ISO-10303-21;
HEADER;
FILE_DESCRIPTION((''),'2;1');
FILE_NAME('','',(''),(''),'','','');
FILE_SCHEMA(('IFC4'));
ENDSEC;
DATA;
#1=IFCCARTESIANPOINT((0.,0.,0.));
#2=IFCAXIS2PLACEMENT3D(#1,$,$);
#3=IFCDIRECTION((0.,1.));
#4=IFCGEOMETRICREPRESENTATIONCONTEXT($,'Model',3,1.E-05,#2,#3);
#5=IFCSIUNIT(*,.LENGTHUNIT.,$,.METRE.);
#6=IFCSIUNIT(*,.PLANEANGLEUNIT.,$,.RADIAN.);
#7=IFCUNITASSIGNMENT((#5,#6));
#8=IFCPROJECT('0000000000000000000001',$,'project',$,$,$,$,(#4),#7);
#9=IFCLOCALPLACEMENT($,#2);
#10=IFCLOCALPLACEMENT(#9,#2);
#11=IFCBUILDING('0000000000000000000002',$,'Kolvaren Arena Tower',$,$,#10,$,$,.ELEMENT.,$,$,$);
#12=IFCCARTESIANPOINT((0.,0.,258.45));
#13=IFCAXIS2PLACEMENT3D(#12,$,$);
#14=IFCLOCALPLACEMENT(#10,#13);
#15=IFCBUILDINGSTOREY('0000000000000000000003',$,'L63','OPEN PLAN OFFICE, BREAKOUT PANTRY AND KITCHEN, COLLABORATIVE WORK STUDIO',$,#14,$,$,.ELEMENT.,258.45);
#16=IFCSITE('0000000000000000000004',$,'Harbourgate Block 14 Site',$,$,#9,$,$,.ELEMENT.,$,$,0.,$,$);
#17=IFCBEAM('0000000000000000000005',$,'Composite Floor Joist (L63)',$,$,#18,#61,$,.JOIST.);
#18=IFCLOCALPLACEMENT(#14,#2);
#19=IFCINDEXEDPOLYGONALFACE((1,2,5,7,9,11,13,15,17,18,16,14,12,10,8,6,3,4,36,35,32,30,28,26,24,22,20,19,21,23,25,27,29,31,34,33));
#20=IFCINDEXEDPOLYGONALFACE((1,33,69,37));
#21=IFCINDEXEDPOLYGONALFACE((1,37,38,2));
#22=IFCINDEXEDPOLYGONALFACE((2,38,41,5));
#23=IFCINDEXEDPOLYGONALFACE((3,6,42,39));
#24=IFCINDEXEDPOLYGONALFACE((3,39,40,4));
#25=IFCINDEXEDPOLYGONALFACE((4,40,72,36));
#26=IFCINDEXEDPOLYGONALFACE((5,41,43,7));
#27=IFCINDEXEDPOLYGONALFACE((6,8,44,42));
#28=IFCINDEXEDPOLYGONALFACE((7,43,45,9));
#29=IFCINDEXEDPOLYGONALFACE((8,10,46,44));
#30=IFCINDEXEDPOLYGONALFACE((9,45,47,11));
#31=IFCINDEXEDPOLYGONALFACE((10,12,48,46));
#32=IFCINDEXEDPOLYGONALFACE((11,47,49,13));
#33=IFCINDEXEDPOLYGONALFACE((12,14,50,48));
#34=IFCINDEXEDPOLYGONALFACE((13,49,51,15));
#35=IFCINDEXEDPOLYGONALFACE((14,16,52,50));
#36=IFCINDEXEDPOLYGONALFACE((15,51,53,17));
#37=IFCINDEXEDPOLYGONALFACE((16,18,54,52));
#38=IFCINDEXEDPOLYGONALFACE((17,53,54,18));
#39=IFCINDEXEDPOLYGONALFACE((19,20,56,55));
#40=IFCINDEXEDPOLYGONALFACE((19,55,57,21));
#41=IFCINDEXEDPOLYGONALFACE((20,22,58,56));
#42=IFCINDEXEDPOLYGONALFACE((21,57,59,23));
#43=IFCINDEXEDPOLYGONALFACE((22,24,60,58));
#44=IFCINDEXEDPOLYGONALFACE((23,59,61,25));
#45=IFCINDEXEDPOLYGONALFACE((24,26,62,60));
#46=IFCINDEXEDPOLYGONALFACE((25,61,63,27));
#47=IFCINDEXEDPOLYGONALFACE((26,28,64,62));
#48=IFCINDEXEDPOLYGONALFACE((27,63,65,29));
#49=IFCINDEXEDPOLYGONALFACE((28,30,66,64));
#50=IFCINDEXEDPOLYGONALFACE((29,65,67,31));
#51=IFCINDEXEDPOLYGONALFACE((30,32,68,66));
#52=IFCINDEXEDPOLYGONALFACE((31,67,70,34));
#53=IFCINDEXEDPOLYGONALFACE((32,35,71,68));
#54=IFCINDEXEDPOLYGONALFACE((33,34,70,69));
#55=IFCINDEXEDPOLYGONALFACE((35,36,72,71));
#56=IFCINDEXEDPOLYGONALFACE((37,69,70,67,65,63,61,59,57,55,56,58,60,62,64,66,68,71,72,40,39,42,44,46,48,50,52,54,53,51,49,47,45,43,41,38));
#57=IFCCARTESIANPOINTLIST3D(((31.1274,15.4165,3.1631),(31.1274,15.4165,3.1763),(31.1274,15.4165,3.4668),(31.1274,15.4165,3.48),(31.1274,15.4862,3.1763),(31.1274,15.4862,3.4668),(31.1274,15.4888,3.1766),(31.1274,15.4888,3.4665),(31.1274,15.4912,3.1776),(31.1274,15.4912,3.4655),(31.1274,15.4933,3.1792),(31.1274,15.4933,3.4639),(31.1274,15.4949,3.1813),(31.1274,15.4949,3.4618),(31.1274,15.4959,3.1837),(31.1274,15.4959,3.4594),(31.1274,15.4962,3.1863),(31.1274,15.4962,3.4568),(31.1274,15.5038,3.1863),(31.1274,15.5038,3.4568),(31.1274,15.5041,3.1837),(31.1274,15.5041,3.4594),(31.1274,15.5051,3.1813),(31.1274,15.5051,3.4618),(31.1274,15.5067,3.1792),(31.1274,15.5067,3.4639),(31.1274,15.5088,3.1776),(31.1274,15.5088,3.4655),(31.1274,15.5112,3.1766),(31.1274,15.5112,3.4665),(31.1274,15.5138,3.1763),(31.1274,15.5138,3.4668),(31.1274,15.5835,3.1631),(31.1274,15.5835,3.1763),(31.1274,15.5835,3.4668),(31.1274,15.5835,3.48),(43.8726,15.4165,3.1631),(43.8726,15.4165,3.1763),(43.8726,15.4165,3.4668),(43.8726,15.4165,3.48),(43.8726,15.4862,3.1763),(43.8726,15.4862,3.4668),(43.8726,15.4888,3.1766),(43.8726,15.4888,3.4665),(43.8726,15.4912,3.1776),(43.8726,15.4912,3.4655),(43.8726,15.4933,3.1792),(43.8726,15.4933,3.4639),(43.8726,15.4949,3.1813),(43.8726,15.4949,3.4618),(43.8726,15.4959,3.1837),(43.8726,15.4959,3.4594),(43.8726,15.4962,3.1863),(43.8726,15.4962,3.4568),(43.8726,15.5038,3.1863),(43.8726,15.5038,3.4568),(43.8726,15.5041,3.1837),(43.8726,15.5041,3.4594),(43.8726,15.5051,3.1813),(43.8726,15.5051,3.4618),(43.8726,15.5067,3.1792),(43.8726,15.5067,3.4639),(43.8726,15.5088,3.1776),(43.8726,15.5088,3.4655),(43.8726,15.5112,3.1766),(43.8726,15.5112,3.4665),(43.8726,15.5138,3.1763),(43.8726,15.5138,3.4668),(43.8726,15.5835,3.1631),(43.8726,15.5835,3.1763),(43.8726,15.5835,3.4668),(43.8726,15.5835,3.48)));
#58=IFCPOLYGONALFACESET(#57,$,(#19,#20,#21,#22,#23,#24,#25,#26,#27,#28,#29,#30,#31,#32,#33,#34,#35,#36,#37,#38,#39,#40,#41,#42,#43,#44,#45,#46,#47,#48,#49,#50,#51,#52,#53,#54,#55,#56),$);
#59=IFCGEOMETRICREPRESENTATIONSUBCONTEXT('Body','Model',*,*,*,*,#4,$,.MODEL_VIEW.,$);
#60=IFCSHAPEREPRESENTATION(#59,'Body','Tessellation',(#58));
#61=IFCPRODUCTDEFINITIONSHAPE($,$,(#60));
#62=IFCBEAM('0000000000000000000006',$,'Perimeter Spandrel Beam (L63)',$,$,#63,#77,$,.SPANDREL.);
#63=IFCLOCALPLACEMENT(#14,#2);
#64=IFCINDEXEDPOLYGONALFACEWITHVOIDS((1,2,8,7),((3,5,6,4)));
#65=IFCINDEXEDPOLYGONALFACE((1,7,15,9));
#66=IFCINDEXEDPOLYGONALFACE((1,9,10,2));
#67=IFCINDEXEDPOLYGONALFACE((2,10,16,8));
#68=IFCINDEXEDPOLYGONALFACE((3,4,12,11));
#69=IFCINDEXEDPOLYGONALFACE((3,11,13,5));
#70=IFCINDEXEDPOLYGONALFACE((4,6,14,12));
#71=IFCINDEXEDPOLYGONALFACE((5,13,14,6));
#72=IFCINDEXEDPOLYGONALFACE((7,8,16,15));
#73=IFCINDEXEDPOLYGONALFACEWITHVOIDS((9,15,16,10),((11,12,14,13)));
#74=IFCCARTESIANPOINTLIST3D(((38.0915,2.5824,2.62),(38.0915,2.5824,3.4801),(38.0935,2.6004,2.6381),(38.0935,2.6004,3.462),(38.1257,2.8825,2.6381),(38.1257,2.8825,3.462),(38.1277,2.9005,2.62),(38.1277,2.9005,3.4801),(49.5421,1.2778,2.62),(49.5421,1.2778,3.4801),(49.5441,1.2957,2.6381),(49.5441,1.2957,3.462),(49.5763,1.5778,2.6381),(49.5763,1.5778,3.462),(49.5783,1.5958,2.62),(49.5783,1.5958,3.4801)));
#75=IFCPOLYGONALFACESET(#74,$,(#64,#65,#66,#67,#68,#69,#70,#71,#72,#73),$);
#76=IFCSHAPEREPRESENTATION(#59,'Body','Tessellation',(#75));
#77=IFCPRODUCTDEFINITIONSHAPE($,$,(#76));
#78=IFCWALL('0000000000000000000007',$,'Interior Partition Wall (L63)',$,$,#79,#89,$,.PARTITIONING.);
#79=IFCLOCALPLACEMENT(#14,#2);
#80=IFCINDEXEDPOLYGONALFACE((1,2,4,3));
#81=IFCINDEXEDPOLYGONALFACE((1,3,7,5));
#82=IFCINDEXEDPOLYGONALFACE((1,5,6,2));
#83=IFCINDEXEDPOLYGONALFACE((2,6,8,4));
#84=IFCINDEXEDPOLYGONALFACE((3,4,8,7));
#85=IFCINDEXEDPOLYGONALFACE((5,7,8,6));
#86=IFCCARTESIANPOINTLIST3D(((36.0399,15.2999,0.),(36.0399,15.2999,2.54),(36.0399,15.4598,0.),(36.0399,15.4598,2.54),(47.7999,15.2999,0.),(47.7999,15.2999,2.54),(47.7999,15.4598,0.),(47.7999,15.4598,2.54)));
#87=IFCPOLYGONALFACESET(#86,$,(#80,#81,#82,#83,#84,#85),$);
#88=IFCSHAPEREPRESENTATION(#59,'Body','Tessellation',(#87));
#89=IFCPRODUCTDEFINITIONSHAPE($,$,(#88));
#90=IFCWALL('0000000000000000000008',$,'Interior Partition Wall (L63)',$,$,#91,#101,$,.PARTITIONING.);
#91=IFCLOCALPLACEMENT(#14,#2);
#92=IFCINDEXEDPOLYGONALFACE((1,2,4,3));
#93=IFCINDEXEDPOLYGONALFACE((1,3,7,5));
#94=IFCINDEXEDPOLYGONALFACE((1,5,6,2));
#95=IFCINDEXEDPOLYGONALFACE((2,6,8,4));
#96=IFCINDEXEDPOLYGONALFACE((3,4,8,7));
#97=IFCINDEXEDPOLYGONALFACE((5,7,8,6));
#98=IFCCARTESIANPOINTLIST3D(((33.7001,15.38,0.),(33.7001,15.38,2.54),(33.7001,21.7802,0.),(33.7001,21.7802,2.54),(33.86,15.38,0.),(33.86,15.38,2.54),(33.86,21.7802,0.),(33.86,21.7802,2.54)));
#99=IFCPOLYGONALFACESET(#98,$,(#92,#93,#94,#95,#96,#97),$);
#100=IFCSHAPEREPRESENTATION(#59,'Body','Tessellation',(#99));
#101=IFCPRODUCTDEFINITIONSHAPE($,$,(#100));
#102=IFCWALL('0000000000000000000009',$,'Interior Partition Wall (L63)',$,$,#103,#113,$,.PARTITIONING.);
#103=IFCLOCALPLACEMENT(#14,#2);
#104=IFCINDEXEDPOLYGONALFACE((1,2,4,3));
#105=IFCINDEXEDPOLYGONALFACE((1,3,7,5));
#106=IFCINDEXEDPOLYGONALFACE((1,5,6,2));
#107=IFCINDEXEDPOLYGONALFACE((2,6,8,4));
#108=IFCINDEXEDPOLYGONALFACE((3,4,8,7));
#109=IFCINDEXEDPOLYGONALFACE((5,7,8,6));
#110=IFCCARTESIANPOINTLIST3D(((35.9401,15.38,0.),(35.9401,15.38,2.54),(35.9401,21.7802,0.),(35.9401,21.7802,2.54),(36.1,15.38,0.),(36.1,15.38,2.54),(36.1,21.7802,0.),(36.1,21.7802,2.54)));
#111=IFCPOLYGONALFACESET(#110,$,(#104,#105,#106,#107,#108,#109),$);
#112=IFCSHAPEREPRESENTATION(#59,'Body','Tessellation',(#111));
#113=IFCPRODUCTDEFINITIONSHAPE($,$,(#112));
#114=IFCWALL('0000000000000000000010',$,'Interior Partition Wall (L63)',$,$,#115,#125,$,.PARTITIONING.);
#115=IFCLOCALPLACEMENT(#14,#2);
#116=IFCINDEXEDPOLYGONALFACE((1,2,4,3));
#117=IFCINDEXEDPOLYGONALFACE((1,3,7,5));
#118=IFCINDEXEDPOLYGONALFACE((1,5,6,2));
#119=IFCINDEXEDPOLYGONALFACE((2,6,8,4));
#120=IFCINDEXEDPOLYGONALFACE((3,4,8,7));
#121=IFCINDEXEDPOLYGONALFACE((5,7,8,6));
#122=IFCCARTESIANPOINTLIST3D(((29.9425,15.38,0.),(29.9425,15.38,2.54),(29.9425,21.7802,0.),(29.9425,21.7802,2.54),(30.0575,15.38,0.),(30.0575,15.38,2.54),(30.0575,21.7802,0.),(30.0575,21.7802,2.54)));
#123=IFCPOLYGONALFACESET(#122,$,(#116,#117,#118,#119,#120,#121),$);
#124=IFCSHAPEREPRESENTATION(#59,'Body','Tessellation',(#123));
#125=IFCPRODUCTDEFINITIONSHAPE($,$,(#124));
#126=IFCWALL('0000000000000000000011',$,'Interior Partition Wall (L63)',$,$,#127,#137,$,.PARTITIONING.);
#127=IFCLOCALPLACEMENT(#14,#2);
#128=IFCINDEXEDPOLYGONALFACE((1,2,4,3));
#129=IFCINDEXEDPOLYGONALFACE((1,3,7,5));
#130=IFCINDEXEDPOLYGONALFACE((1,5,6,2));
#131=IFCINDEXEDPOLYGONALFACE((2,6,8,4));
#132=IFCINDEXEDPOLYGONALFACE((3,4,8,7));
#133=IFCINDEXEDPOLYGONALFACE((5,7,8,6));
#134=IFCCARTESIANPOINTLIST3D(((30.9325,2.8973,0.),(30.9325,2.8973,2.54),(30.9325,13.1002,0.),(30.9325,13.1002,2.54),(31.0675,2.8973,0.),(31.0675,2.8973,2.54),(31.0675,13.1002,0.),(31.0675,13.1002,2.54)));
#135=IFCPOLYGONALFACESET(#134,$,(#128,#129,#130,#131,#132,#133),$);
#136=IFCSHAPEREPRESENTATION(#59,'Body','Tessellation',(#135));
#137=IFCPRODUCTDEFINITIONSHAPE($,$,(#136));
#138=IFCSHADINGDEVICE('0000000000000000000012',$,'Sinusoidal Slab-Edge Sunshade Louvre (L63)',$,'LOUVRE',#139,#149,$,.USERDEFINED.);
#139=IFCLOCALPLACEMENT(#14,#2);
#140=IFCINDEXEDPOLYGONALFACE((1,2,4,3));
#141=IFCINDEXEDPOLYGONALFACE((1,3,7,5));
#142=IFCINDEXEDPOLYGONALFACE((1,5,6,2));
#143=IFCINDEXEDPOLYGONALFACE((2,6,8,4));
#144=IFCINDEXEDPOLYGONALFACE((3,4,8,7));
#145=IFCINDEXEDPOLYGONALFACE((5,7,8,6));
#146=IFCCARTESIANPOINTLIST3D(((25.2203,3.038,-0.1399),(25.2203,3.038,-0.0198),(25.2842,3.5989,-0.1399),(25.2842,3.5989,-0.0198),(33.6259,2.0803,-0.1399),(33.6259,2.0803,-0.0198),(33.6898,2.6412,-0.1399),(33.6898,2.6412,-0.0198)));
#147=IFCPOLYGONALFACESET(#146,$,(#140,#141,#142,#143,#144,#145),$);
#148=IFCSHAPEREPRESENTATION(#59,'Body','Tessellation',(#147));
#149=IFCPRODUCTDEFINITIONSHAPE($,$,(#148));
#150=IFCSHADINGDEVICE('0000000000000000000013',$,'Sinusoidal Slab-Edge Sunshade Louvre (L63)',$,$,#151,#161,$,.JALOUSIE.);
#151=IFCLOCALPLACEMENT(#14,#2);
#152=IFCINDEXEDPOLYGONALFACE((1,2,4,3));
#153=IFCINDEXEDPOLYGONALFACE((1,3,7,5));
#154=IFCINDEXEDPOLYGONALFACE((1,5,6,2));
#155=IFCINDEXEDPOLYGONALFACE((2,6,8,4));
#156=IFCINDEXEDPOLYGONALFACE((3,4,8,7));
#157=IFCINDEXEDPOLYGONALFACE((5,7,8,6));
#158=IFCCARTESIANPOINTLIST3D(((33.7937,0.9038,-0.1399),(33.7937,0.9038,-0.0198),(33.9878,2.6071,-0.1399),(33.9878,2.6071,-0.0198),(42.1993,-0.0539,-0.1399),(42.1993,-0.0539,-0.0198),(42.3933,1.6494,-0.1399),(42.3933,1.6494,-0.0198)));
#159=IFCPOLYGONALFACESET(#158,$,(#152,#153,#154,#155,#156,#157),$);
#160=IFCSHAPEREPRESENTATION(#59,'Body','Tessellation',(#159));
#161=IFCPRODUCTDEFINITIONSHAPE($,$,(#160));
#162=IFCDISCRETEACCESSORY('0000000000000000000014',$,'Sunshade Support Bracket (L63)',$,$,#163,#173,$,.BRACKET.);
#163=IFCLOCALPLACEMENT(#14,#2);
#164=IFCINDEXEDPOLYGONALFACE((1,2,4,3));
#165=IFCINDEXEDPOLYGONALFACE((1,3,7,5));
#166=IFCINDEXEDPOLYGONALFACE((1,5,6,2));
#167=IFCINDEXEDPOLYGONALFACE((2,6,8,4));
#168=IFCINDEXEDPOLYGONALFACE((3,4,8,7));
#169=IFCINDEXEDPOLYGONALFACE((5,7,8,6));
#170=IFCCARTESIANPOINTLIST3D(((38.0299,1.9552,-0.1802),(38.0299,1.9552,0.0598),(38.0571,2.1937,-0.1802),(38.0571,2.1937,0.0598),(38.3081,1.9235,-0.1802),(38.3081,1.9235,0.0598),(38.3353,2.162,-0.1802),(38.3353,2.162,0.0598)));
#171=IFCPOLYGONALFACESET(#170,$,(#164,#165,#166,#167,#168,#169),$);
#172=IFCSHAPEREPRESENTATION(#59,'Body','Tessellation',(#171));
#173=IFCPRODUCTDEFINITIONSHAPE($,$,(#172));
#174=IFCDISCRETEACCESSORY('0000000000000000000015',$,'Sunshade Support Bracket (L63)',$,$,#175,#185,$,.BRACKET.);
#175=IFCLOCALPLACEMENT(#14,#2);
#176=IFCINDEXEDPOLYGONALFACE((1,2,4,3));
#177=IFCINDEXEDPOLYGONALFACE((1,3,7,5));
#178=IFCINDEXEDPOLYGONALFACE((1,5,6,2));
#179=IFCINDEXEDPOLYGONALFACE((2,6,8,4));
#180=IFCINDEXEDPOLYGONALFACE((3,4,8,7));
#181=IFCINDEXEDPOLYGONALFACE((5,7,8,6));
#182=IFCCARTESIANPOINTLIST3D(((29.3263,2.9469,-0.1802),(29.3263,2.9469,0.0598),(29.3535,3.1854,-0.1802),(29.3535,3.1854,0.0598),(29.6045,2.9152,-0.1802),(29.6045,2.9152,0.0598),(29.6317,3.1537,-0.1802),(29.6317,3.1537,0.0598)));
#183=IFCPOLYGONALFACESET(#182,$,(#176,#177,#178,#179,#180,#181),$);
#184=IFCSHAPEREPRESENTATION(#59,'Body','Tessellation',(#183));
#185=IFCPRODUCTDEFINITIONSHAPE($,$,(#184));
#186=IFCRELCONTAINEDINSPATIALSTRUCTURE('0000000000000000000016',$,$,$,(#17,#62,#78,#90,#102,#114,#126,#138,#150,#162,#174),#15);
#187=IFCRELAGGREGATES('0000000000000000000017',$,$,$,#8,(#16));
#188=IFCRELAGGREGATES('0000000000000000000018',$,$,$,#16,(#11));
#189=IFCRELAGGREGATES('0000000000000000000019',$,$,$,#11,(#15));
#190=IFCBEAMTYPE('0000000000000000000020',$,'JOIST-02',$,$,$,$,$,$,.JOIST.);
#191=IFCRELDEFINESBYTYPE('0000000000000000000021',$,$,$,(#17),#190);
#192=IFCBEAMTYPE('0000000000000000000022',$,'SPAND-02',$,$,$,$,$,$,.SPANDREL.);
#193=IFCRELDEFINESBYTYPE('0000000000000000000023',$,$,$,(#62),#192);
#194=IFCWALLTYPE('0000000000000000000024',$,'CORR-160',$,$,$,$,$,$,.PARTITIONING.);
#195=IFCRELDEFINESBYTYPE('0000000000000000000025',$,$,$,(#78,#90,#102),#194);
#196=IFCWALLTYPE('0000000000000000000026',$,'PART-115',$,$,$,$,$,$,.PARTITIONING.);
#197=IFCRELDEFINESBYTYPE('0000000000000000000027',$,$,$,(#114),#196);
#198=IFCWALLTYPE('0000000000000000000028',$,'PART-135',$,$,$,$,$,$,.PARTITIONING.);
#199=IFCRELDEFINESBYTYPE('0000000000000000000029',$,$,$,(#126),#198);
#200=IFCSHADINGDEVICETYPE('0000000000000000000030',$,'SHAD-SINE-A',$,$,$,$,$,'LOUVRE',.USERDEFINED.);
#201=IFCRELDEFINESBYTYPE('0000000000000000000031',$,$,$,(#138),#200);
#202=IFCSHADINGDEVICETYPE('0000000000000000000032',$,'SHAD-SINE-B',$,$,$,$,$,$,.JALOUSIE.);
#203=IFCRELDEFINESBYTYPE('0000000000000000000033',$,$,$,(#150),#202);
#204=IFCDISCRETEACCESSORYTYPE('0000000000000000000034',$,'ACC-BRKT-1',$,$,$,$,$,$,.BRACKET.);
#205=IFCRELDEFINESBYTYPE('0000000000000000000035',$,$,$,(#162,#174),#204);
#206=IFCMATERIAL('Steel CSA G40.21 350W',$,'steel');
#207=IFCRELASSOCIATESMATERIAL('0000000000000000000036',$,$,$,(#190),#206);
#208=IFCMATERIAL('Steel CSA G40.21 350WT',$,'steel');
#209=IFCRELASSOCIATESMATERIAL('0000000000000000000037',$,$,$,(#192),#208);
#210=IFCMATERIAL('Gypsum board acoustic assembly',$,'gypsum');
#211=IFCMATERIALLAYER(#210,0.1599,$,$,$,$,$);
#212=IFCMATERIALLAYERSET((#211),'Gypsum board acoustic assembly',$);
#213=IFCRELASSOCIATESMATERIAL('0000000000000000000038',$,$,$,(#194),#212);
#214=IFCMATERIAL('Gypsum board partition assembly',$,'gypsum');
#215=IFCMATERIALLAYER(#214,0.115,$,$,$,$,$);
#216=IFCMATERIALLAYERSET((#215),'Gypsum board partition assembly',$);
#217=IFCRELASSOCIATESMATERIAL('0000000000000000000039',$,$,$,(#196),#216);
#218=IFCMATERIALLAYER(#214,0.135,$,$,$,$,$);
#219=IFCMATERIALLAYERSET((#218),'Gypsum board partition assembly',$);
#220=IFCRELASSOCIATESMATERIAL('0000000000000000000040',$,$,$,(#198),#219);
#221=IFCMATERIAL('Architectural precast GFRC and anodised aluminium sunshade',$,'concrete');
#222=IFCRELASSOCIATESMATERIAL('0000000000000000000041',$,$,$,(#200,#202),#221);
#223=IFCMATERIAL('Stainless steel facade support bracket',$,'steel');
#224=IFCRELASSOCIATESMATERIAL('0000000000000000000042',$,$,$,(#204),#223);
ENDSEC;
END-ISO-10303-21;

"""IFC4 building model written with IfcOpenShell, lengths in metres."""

from ifc_helpers import new_model, si_unit, direction, frame, frame_2d, origin, origin_2d, place, context, subcontext, project, spatial, rectangle, hollow_rectangle, i_section, extrude, material, layer, layer_set, material_profile, profile_set, type_object, element, save


model = new_model("IFC4")

# Units and contexts
model_context = context("Model", 3, precision=1e-05, world=origin(), true_north=direction((0.0, 1.0)))
body_context = subcontext(model_context, "Body", "Model", "MODEL_VIEW")
ifc_project = project(units=[si_unit("LENGTHUNIT", "METRE"), si_unit("PLANEANGLEUNIT", "RADIAN")], contexts=[model_context])

# Site, building, storey
site_placement = place(None, origin())
site = spatial("IfcSite", under=ifc_project, at=site_placement, Name="Harbourgate Block 14 Site", CompositionType="ELEMENT", RefElevation=0.0)
building_placement = place(site_placement, origin())
building = spatial("IfcBuilding", under=site, at=building_placement, Name="Kolvaren Arena Tower", CompositionType="ELEMENT")
storey_placement = place(building_placement, frame((0.0, 0.0, 258.45)))
storey = spatial("IfcBuildingStorey", under=building, at=storey_placement, Name="L63", Description="OPEN PLAN OFFICE, BREAKOUT PANTRY AND KITCHEN, COLLABORATIVE WORK STUDIO", CompositionType="ELEMENT", Elevation=258.45)

# Beams
ifc_material_1 = material(Name="Steel CSA G40.21 350W", Category="steel")
ifc_material_profile_1 = material_profile(ifc_material_1, i_section(OverallWidth=0.167, OverallDepth=0.3169, WebThickness=0.0076, FlangeThickness=0.0132, FilletRadius=0.01, at=origin_2d()), Name="W310x52")
ifc_profile_set_1 = profile_set([ifc_material_profile_1], Name="Steel CSA G40.21 350W")
beam_type_1 = type_object("IfcBeamType", Name="JOIST-02", PredefinedType="JOIST", material=ifc_profile_set_1)
for number, where, z_axis, x_axis, name in (
    (1, (31.1274, 15.5, 3.3215), (1.0, 0.0, 0.0), (0.0, 1.0, 0.0), "Composite Floor Joist (L63)"),
):
    element("IfcBeam", number, at=place(storey_placement, frame(where, z_axis=z_axis, x_axis=x_axis)), inside=storey, type_object=beam_type_1, Name=name, PredefinedType="JOIST", context=body_context, shape_type="SweptSolid", body=[
        extrude(i_section(OverallWidth=0.167, OverallDepth=0.3169, WebThickness=0.0076, FlangeThickness=0.0132, FilletRadius=0.01, at=origin_2d()), origin(), (0.0, 0.0, 1.0), 12.7451),
    ])
ifc_material_2 = material(Name="Steel CSA G40.21 350WT", Category="steel")
ifc_material_profile_2 = material_profile(ifc_material_2, hollow_rectangle(XDim=0.3201, YDim=0.8601, WallThickness=0.0181, at=origin_2d()), Name="HSS 860x320x18")
ifc_profile_set_2 = profile_set([ifc_material_profile_2], Name="Steel CSA G40.21 350WT")
beam_type_2 = type_object("IfcBeamType", Name="SPAND-02", PredefinedType="SPANDREL", material=ifc_profile_set_2)
beam_1_placement = place(storey_placement, frame((38.1096, 2.7415, 3.05), z_axis=(0.993571, -0.113207, 0.0), x_axis=(0.113207, 0.993571, 0.0)))
element("IfcBeam", 2, at=beam_1_placement, inside=storey, type_object=beam_type_2, Name="Perimeter Spandrel Beam (L63)", PredefinedType="SPANDREL", context=body_context, shape_type="SweptSolid", body=[
    extrude(hollow_rectangle(XDim=0.3201, YDim=0.8601, WallThickness=0.0181, at=origin_2d()), origin(), (0.0, 0.0, 1.0), 11.5247),
])

# Shared definitions
ifc_material_3 = material(Name="Gypsum board acoustic assembly", Category="gypsum")
ifc_layer_1 = layer(ifc_material_3, 0.1599)
ifc_layer_set_1 = layer_set([ifc_layer_1], Name="Gypsum board acoustic assembly")
wall_type_1 = type_object("IfcWallType", Name="CORR-160", PredefinedType="PARTITIONING", material=ifc_layer_set_1)

# Walls
wall_1_placement = place(storey_placement, frame((36.04, 15.3799, 0.0), z_axis=(0.0, 0.0, 1.0), x_axis=(1.0, 0.0, 0.0)))
element("IfcWall", 3, at=wall_1_placement, inside=storey, type_object=wall_type_1, Name="Interior Partition Wall (L63)", PredefinedType="PARTITIONING", context=body_context, shape_type="SweptSolid", body=[
    extrude(rectangle(XDim=11.76, YDim=0.1599, at=frame_2d((5.8799, 0.0))), origin(), (0.0, 0.0, 1.0), 2.54),
])
for number, where, z_axis, x_axis, name in (
    (4, (33.78, 15.3799, 0.0), (0.0, 0.0, 1.0), (0.0, 1.0, 0.0), "Interior Partition Wall (L63)"),
    (5, (36.02, 15.3799, 0.0), (0.0, 0.0, 1.0), (0.0, 1.0, 0.0), "Interior Partition Wall (L63)"),
):
    element("IfcWall", number, at=place(storey_placement, frame(where, z_axis=z_axis, x_axis=x_axis)), inside=storey, type_object=wall_type_1, Name=name, PredefinedType="PARTITIONING", context=body_context, shape_type="SweptSolid", body=[
        extrude(rectangle(XDim=6.4001, YDim=0.1599, at=frame_2d((3.2002, 0.0))), origin(), (0.0, 0.0, 1.0), 2.54),
    ])
ifc_material_4 = material(Name="Gypsum board partition assembly", Category="gypsum")
ifc_layer_2 = layer(ifc_material_4, 0.115)
ifc_layer_set_2 = layer_set([ifc_layer_2], Name="Gypsum board partition assembly")
wall_type_2 = type_object("IfcWallType", Name="PART-115", PredefinedType="PARTITIONING", material=ifc_layer_set_2)
wall_2_placement = place(storey_placement, frame((30.0, 15.3799, 0.0), z_axis=(0.0, 0.0, 1.0), x_axis=(0.0, 1.0, 0.0)))
element("IfcWall", 6, at=wall_2_placement, inside=storey, type_object=wall_type_2, Name="Interior Partition Wall (L63)", PredefinedType="PARTITIONING", context=body_context, shape_type="SweptSolid", body=[
    extrude(rectangle(XDim=6.4001, YDim=0.115, at=frame_2d((3.2002, 0.0))), origin(), (0.0, 0.0, 1.0), 2.54),
])
ifc_layer_3 = layer(ifc_material_4, 0.135)
ifc_layer_set_3 = layer_set([ifc_layer_3], Name="Gypsum board partition assembly")
wall_type_3 = type_object("IfcWallType", Name="PART-135", PredefinedType="PARTITIONING", material=ifc_layer_set_3)
wall_3_placement = place(storey_placement, frame((31.0, 2.8972, 0.0), z_axis=(0.0, 0.0, 1.0), x_axis=(0.0, 1.0, 0.0)))
element("IfcWall", 7, at=wall_3_placement, inside=storey, type_object=wall_type_3, Name="Interior Partition Wall (L63)", PredefinedType="PARTITIONING", context=body_context, shape_type="SweptSolid", body=[
    extrude(rectangle(XDim=10.2029, YDim=0.135, at=frame_2d((5.1016, 0.0))), origin(), (0.0, 0.0, 1.0), 2.54),
])

# Shading devices
ifc_material_5 = material(Name="Architectural precast GFRC and anodised aluminium sunshade", Category="concrete")
shading_device_type_1 = type_object("IfcShadingDeviceType", Name="SHAD-SINE-A", ElementType="LOUVRE", PredefinedType="USERDEFINED", material=ifc_material_5)
shading_device_1_placement = place(storey_placement, frame((29.4551, 2.8396, -0.1399), z_axis=(0.0, 0.0, 1.0), x_axis=(-0.993572, 0.113205, 0.0)))
element("IfcShadingDevice", 8, at=shading_device_1_placement, inside=storey, type_object=shading_device_type_1, Name="Sinusoidal Slab-Edge Sunshade Louvre (L63)", ObjectType="LOUVRE", PredefinedType="USERDEFINED", context=body_context, shape_type="SweptSolid", body=[
    extrude(rectangle(XDim=8.46, YDim=0.5645, at=origin_2d()), origin(), (0.0, 0.0, 1.0), 0.1201),
])
shading_device_type_2 = type_object("IfcShadingDeviceType", Name="SHAD-SINE-B", PredefinedType="JALOUSIE", material=ifc_material_5)
shading_device_2_placement = place(storey_placement, frame((38.0935, 1.2766, -0.1399), z_axis=(0.0, 0.0, 1.0), x_axis=(-0.993572, 0.113205, 0.0)))
element("IfcShadingDevice", 9, at=shading_device_2_placement, inside=storey, type_object=shading_device_type_2, Name="Sinusoidal Slab-Edge Sunshade Louvre (L63)", PredefinedType="JALOUSIE", context=body_context, shape_type="SweptSolid", body=[
    extrude(rectangle(XDim=8.46, YDim=1.7144, at=origin_2d()), origin(), (0.0, 0.0, 1.0), 0.1201),
])

# Discrete accessories
ifc_material_6 = material(Name="Stainless steel facade support bracket", Category="steel")
discrete_accessory_type = type_object("IfcDiscreteAccessoryType", Name="ACC-BRKT-1", PredefinedType="BRACKET", material=ifc_material_6)
for number, where, z_axis, x_axis, name in (
    (10, (38.1826, 2.0586, -0.1802), (0.0, 0.0, 1.0), (-0.993572, 0.113205, 0.0), "Sunshade Support Bracket (L63)"),
    (11, (29.479, 3.0503, -0.1802), (0.0, 0.0, 1.0), (-0.993572, 0.113205, 0.0), "Sunshade Support Bracket (L63)"),
):
    element("IfcDiscreteAccessory", number, at=place(storey_placement, frame(where, z_axis=z_axis, x_axis=x_axis)), inside=storey, type_object=discrete_accessory_type, Name=name, PredefinedType="BRACKET", context=body_context, shape_type="SweptSolid", body=[
        extrude(rectangle(XDim=0.28, YDim=0.24, at=origin_2d()), origin(), (0.0, 0.0, 1.0), 0.24),
    ])

save(model, "model.ifc")
